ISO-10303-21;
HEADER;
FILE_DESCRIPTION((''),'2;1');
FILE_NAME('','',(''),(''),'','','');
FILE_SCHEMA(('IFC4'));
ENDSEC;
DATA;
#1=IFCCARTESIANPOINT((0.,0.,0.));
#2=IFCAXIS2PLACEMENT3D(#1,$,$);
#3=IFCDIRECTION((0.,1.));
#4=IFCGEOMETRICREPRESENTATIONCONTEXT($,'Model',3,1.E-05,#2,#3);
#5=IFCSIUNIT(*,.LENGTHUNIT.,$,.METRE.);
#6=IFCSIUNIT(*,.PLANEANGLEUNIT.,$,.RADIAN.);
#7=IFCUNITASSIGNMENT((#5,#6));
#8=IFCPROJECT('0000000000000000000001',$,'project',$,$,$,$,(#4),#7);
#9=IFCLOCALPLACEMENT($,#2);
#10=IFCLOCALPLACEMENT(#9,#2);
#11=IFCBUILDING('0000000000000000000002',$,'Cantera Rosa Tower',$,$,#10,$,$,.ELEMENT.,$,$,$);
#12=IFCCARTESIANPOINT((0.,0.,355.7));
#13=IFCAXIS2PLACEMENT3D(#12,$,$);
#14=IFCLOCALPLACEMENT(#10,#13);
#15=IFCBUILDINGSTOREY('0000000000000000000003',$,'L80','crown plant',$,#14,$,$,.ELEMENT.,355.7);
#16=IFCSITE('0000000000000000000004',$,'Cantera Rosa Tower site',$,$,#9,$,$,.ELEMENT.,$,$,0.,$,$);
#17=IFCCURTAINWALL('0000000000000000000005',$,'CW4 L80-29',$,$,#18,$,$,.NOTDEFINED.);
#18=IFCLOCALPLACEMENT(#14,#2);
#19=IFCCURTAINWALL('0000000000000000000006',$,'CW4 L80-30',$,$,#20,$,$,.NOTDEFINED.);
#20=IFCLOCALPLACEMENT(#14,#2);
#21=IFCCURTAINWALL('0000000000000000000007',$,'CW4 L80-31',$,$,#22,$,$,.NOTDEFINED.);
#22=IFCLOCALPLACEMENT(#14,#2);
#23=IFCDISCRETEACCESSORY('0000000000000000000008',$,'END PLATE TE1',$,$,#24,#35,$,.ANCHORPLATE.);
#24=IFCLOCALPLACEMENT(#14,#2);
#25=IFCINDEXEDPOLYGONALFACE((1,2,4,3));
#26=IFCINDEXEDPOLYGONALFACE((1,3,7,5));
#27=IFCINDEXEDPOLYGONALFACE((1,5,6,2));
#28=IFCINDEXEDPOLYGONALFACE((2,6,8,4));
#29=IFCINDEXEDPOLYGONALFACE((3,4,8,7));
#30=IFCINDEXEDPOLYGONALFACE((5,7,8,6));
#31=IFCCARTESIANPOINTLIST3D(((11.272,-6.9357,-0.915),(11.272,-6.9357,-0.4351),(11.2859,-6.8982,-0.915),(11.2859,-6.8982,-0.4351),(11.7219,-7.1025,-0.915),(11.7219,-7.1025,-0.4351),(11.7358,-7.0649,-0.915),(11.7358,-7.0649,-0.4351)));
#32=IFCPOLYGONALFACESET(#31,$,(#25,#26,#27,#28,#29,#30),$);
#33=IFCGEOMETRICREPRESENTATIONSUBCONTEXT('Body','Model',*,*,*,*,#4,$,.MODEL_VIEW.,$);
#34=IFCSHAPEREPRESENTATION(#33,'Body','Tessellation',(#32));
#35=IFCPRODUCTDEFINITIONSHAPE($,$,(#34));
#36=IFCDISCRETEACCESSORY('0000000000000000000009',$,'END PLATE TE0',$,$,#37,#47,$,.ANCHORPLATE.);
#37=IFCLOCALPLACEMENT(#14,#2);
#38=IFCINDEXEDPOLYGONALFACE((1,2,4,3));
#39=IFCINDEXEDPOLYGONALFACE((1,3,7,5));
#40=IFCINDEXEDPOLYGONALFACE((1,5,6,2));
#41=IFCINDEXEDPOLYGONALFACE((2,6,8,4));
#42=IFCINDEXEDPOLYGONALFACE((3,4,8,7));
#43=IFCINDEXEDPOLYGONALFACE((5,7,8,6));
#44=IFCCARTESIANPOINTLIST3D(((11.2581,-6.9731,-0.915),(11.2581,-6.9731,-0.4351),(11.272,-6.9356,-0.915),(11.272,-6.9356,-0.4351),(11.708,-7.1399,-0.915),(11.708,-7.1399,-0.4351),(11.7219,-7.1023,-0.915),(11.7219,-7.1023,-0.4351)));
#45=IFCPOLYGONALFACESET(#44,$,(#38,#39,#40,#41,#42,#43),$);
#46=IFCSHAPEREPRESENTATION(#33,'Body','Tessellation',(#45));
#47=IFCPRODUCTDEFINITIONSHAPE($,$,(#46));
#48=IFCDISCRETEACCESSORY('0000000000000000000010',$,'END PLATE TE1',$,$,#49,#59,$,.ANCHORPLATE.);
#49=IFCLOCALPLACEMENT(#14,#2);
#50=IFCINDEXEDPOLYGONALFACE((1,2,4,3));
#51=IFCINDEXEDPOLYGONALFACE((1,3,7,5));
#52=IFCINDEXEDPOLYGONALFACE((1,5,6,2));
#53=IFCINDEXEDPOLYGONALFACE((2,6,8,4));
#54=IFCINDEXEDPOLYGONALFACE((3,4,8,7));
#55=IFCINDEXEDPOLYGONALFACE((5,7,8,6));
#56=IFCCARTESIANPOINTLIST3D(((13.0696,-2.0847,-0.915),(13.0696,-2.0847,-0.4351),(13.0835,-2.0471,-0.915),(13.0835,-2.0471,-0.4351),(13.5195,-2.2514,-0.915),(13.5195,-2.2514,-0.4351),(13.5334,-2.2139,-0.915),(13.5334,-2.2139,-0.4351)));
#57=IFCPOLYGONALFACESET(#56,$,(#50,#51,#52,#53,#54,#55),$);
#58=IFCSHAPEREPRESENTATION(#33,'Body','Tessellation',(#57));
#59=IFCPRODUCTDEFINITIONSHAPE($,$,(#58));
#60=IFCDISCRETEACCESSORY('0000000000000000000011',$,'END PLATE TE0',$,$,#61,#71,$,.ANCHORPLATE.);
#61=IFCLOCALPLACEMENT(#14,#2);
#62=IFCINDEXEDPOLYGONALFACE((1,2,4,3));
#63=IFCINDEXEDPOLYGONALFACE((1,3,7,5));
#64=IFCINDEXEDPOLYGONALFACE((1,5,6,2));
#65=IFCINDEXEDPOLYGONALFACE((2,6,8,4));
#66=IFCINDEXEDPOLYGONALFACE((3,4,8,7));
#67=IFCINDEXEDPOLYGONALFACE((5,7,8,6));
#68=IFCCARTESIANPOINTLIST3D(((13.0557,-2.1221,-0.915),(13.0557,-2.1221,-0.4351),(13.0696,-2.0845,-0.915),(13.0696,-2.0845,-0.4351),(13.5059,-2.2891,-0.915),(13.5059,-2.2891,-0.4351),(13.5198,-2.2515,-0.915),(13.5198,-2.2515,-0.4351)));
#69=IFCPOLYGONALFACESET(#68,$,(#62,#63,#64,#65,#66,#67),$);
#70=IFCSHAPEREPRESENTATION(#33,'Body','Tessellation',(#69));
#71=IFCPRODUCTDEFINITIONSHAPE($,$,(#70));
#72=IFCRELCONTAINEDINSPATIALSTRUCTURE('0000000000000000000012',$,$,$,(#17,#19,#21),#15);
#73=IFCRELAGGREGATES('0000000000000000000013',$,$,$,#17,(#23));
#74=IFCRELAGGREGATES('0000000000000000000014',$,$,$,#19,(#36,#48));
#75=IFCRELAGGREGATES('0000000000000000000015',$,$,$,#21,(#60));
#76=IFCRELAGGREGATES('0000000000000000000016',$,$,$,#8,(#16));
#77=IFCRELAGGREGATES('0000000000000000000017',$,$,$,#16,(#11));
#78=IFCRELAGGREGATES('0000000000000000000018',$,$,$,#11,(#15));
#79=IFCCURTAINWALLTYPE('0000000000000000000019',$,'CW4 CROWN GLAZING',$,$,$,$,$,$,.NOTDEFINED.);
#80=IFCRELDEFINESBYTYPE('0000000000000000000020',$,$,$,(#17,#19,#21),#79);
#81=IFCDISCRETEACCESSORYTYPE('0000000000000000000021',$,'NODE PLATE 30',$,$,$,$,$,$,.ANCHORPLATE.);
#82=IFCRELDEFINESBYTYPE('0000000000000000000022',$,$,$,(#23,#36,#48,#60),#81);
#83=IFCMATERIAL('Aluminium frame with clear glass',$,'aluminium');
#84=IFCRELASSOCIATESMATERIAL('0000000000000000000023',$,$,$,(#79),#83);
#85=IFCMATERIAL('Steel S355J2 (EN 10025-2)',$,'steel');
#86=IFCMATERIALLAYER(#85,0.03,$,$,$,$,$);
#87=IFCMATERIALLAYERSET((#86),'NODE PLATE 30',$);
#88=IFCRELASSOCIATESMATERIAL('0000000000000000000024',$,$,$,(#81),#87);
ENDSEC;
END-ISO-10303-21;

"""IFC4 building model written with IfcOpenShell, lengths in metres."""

from ifc_helpers import new_model, si_unit, direction, frame, origin, place, context, subcontext, project, spatial, polyline, outline, extrude, material, layer, layer_set, type_object, element, aggregate, save


model = new_model("IFC4")

# Units and contexts
model_context = context("Model", 3, precision=1e-05, world=origin(), true_north=direction((0.0, 1.0)))
body_context = subcontext(model_context, "Body", "Model", "MODEL_VIEW")
ifc_project = project(units=[si_unit("LENGTHUNIT", "METRE"), si_unit("PLANEANGLEUNIT", "RADIAN")], contexts=[model_context])

# Site, building, storey
site_placement = place(None, origin())
site = spatial("IfcSite", under=ifc_project, at=site_placement, Name="Cantera Rosa Tower site", CompositionType="ELEMENT", RefElevation=0.0)
building_placement = place(site_placement, origin())
building = spatial("IfcBuilding", under=site, at=building_placement, Name="Cantera Rosa Tower", CompositionType="ELEMENT")
storey_placement = place(building_placement, frame((0.0, 0.0, 355.7)))
storey = spatial("IfcBuildingStorey", under=building, at=storey_placement, Name="L80", Description="crown plant", CompositionType="ELEMENT", Elevation=355.7)

# Curtain walls
ifc_material_1 = material(Name="Aluminium frame with clear glass", Category="aluminium")
curtain_wall_type = type_object("IfcCurtainWallType", Name="CW4 CROWN GLAZING", PredefinedType="NOTDEFINED", material=ifc_material_1)
curtain_wall_1_placement = place(storey_placement, origin())
curtain_wall_1 = element("IfcCurtainWall", 1, at=curtain_wall_1_placement, inside=storey, type_object=curtain_wall_type, Name="CW4 L80-29", PredefinedType="NOTDEFINED")
curtain_wall_2_placement = place(storey_placement, origin())
curtain_wall_2 = element("IfcCurtainWall", 2, at=curtain_wall_2_placement, inside=storey, type_object=curtain_wall_type, Name="CW4 L80-30", PredefinedType="NOTDEFINED")
curtain_wall_3_placement = place(storey_placement, origin())
curtain_wall_3 = element("IfcCurtainWall", 3, at=curtain_wall_3_placement, inside=storey, type_object=curtain_wall_type, Name="CW4 L80-31", PredefinedType="NOTDEFINED")

# Shared definitions
ifc_material_2 = material(Name="Steel S355J2 (EN 10025-2)", Category="steel")
ifc_layer_1 = layer(ifc_material_2, 0.03)
ifc_layer_set_1 = layer_set([ifc_layer_1], Name="NODE PLATE 30")
discrete_accessory_type = type_object("IfcDiscreteAccessoryType", Name="NODE PLATE 30", PredefinedType="ANCHORPLATE", material=ifc_layer_set_1)

# Discrete accessories
discrete_accessory_1_placement = place(storey_placement, frame((11.2859, -6.8982, -0.4351), z_axis=(0.347497, 0.937681, 0.0), x_axis=(0.937681, -0.347497, 0.0)))
discrete_accessory_1 = element("IfcDiscreteAccessory", 4, at=discrete_accessory_1_placement, type_object=discrete_accessory_type, Name="END PLATE TE1", PredefinedType="ANCHORPLATE", context=body_context, shape_type="SweptSolid", body=[
    extrude(outline(polyline([(0.0, 0.0), (0.4799, 0.0), (0.4799, 0.48), (0.0, 0.48), (0.0, 0.0)])), origin(), (0.0, 0.0, -1.0), 0.04),
])
aggregate(curtain_wall_1, [discrete_accessory_1])
discrete_accessory_2_placement = place(storey_placement, frame((11.708, -7.1399, -0.4351), z_axis=(-0.347497, -0.937681, 0.0), x_axis=(-0.937681, 0.347497, 0.0)))
discrete_accessory_2 = element("IfcDiscreteAccessory", 5, at=discrete_accessory_2_placement, type_object=discrete_accessory_type, Name="END PLATE TE0", PredefinedType="ANCHORPLATE", context=body_context, shape_type="SweptSolid", body=[
    extrude(outline(polyline([(0.0, 0.0), (0.4799, 0.0), (0.4799, 0.48), (0.0, 0.48), (0.0, 0.0)])), origin(), (0.0, 0.0, -1.0), 0.04),
])
discrete_accessory_3_placement = place(storey_placement, frame((13.0835, -2.0471, -0.4351), z_axis=(0.347497, 0.937681, 0.0), x_axis=(0.937681, -0.347497, 0.0)))
discrete_accessory_3 = element("IfcDiscreteAccessory", 6, at=discrete_accessory_3_placement, type_object=discrete_accessory_type, Name="END PLATE TE1", PredefinedType="ANCHORPLATE", context=body_context, shape_type="SweptSolid", body=[
    extrude(outline(polyline([(0.0, 0.0), (0.4799, 0.0), (0.4799, 0.48), (0.0, 0.48), (0.0, 0.0)])), origin(), (0.0, 0.0, -1.0), 0.04),
])
aggregate(curtain_wall_2, [discrete_accessory_2, discrete_accessory_3])
discrete_accessory_4_placement = place(storey_placement, frame((13.5059, -2.2891, -0.4351), z_axis=(-0.347778, -0.937577, 0.0), x_axis=(-0.937577, 0.347778, 0.0)))
discrete_accessory_4 = element("IfcDiscreteAccessory", 7, at=discrete_accessory_4_placement, type_object=discrete_accessory_type, Name="END PLATE TE0", PredefinedType="ANCHORPLATE", context=body_context, shape_type="SweptSolid", body=[
    extrude(outline(polyline([(0.0, 0.0), (0.4802, 0.0), (0.4802, 0.48), (0.0, 0.48), (0.0, 0.0)])), origin(), (0.0, 0.0, -1.0), 0.04),
])
aggregate(curtain_wall_3, [discrete_accessory_4])

save(model, "model.ifc")
